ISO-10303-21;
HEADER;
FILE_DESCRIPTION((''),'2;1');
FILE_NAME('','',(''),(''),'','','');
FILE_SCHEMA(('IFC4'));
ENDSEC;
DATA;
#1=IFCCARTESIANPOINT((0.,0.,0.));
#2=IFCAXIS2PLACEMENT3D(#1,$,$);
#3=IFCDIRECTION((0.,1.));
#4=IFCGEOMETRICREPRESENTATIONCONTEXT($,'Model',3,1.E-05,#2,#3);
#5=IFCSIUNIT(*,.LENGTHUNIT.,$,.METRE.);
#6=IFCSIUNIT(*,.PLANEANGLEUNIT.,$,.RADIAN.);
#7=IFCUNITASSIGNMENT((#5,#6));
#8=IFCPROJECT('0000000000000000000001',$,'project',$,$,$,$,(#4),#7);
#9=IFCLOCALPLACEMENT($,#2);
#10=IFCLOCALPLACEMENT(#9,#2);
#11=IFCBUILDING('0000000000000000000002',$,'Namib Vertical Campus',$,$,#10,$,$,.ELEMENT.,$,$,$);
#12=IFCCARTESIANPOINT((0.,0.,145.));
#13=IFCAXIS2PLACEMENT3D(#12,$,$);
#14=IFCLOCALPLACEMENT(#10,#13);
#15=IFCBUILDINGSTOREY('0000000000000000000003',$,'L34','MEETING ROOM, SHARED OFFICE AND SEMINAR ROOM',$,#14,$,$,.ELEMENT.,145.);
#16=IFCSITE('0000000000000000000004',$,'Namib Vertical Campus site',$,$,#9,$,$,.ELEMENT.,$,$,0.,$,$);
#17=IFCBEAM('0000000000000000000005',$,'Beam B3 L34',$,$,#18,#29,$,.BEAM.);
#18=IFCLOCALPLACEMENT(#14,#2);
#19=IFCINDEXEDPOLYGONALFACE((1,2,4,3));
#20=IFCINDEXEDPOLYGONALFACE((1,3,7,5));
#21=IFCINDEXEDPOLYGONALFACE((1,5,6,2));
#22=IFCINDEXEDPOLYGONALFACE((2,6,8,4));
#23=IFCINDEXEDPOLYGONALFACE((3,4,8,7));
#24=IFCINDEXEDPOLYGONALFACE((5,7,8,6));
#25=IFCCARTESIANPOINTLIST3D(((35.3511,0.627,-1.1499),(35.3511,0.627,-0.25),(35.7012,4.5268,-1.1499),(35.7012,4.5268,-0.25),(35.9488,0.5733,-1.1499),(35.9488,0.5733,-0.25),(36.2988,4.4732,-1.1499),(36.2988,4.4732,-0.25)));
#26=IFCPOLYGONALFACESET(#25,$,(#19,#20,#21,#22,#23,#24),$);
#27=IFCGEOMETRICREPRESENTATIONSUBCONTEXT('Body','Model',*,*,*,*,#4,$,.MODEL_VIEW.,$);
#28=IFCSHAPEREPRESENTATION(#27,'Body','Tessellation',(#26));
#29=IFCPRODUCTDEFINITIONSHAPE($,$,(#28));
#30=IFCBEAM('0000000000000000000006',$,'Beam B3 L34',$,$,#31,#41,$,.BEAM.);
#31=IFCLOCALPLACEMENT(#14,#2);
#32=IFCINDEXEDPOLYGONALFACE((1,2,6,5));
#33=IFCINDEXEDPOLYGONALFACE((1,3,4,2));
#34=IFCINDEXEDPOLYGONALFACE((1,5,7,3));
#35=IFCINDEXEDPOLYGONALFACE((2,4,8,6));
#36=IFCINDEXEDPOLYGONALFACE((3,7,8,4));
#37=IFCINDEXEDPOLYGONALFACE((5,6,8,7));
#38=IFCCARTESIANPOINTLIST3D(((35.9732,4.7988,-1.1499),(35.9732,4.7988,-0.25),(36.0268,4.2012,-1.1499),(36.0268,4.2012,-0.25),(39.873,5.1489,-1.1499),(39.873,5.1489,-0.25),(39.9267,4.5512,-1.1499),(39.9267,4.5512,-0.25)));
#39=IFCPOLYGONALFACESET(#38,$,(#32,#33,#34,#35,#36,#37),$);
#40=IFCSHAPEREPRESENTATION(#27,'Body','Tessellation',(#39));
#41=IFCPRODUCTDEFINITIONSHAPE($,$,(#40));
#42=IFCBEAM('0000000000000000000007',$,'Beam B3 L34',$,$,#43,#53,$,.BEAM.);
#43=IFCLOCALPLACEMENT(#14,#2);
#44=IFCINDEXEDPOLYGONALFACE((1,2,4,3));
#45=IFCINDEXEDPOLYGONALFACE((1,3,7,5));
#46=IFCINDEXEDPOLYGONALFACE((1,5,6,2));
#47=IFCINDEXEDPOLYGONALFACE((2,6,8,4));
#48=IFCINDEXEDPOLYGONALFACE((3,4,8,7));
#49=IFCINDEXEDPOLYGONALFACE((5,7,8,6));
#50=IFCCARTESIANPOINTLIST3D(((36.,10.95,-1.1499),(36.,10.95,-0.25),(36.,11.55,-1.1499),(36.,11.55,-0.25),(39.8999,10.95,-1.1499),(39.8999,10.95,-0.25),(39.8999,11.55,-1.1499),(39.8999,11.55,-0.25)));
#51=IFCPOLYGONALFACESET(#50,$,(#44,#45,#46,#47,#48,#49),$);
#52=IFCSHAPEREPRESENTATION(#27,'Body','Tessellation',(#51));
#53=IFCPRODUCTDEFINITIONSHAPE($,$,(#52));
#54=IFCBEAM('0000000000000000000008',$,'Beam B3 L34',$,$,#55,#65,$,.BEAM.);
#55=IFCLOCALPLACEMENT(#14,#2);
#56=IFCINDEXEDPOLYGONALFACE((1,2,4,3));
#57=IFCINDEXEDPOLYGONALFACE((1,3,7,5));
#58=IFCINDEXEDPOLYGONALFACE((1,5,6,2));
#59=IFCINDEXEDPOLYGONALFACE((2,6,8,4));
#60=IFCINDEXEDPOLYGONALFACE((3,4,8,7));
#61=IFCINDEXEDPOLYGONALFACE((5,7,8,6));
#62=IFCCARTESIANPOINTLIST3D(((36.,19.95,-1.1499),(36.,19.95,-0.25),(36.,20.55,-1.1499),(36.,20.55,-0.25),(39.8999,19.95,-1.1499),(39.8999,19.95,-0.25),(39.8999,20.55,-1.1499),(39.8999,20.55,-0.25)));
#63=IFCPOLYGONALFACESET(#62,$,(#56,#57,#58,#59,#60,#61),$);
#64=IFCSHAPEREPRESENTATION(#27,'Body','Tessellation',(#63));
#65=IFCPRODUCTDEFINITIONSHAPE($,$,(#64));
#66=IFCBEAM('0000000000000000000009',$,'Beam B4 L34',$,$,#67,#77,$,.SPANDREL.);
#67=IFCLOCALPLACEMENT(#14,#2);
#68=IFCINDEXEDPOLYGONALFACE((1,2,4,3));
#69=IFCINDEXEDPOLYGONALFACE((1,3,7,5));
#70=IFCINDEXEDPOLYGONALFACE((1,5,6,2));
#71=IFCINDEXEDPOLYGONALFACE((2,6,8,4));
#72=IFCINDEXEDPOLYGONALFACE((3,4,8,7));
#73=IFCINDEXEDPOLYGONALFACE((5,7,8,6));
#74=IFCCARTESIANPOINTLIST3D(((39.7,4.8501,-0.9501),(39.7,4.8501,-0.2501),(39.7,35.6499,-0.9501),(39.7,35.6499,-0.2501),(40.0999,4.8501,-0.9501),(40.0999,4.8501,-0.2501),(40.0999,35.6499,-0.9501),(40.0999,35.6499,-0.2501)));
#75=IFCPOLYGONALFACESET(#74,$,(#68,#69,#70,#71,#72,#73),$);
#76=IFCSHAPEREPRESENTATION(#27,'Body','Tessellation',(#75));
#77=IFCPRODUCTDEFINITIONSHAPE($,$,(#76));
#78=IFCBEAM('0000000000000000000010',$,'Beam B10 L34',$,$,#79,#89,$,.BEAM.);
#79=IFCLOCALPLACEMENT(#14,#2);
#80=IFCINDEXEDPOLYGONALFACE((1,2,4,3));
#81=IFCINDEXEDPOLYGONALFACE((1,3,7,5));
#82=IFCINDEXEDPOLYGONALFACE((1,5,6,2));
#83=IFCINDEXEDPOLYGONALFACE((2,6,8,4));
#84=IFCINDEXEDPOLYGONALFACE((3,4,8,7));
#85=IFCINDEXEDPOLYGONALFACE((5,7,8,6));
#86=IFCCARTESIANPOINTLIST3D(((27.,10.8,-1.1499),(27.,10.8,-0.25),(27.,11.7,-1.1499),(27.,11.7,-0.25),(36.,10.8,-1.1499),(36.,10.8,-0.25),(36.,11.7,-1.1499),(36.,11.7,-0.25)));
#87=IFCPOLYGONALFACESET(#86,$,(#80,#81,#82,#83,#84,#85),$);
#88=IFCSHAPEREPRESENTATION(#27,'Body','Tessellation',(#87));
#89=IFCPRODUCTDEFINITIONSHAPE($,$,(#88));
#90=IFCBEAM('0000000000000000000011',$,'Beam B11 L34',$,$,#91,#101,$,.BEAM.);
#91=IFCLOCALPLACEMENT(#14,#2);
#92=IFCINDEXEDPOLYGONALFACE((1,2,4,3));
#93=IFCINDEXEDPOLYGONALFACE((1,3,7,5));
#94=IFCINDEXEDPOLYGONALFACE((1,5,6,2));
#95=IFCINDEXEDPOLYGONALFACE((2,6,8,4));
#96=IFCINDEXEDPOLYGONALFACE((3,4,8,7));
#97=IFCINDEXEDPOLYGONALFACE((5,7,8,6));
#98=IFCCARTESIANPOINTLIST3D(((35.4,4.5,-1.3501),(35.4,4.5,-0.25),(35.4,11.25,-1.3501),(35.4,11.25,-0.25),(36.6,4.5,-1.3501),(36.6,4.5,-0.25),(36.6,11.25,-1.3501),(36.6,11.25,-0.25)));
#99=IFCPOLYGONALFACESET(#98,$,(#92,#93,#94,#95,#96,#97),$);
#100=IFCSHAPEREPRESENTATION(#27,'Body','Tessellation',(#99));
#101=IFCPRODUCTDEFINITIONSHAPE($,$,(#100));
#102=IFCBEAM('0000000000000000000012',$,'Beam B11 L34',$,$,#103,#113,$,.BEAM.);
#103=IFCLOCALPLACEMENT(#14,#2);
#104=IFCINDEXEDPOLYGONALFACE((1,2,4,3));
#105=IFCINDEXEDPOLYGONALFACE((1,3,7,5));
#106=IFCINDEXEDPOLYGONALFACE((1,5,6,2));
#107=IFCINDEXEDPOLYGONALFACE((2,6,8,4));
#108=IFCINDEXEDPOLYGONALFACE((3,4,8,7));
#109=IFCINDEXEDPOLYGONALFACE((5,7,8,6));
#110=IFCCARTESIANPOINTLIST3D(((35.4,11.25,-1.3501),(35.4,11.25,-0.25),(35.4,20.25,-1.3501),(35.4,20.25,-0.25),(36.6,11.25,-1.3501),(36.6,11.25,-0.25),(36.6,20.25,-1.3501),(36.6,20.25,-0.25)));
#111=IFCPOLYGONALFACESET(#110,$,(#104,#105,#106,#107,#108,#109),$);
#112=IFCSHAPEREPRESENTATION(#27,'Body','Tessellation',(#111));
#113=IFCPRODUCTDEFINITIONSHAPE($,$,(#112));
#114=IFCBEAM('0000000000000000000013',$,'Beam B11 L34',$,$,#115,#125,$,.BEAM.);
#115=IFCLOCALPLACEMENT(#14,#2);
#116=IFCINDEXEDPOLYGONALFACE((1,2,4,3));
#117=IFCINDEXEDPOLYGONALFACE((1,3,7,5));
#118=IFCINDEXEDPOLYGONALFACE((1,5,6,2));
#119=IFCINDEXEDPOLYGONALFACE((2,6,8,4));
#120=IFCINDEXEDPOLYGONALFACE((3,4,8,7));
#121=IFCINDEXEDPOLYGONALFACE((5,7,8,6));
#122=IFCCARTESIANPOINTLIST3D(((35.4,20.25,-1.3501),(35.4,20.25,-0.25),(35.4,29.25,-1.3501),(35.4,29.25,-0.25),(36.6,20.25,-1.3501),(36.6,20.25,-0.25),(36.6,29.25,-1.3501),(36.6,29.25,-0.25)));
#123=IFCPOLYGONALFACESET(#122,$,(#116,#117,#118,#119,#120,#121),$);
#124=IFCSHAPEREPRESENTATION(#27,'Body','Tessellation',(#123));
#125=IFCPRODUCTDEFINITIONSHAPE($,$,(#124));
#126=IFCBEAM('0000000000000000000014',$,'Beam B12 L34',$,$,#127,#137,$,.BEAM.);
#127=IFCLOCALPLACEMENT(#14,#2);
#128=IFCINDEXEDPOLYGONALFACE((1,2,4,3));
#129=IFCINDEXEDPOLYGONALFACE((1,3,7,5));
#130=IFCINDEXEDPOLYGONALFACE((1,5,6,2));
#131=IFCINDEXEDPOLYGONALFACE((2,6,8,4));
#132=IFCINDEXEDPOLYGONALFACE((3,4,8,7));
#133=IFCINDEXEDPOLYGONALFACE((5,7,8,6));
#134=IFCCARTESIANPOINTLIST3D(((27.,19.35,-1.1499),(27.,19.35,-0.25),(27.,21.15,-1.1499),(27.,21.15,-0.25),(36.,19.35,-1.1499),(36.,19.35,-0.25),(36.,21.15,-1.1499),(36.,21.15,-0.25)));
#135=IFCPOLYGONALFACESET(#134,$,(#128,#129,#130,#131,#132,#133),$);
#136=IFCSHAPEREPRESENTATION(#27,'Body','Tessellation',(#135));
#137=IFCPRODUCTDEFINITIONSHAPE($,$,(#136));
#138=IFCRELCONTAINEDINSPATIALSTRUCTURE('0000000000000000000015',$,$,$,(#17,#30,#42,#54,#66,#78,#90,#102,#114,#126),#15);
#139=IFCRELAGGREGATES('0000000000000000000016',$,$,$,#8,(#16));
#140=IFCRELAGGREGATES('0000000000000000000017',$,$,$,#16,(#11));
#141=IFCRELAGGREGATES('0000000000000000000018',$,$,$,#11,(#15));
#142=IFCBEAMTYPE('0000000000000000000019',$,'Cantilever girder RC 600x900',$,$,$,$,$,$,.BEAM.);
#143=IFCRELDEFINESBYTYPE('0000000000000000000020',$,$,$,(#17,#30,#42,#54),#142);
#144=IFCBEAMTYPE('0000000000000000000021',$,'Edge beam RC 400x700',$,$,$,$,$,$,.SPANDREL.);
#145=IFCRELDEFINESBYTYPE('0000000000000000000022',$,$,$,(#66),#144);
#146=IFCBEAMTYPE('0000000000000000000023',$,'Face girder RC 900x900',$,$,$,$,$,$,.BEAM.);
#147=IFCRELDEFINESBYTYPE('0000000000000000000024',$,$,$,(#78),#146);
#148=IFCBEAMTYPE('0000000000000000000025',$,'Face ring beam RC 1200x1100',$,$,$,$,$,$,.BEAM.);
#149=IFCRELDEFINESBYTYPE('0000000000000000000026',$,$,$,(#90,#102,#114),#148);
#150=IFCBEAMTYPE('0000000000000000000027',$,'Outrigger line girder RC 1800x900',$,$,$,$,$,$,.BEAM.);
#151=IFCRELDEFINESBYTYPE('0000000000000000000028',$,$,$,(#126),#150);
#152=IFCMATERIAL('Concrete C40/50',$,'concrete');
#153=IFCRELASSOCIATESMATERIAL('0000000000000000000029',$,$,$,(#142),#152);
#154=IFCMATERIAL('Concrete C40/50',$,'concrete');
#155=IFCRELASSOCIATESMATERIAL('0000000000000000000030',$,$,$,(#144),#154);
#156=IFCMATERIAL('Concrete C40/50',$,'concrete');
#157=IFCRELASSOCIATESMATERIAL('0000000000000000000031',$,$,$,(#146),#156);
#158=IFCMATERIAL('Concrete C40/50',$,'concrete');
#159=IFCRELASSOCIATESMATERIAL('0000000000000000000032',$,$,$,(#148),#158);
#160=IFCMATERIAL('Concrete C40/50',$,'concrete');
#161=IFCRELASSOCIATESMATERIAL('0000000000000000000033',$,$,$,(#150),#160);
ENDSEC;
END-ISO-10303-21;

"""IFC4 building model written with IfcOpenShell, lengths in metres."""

from ifc_helpers import new_model, si_unit, direction, frame, origin, origin_2d, place, context, subcontext, project, spatial, rectangle, extrude, material, material_profile, profile_set, type_object, element, save


model = new_model("IFC4")

# Units and contexts
model_context = context("Model", 3, precision=1e-05, world=origin(), true_north=direction((0.0, 1.0)))
body_context = subcontext(model_context, "Body", "Model", "MODEL_VIEW")
ifc_project = project(units=[si_unit("LENGTHUNIT", "METRE"), si_unit("PLANEANGLEUNIT", "RADIAN")], contexts=[model_context])

# Site, building, storey
site_placement = place(None, origin())
site = spatial("IfcSite", under=ifc_project, at=site_placement, Name="Namib Vertical Campus site", CompositionType="ELEMENT", RefElevation=0.0)
building_placement = place(site_placement, origin())
building = spatial("IfcBuilding", under=site, at=building_placement, Name="Namib Vertical Campus", CompositionType="ELEMENT")
storey_placement = place(building_placement, frame((0.0, 0.0, 145.0)))
storey = spatial("IfcBuildingStorey", under=building, at=storey_placement, Name="L34", Description="MEETING ROOM, SHARED OFFICE AND SEMINAR ROOM", CompositionType="ELEMENT", Elevation=145.0)

# Beams
ifc_material_1 = material(Name="Concrete C40/50", Category="concrete")
ifc_material_profile_1 = material_profile(ifc_material_1, rectangle(XDim=0.6001, YDim=0.8999, at=origin_2d()))
ifc_profile_set_1 = profile_set([ifc_material_profile_1], Name="Concrete C40/50")
beam_type_1 = type_object("IfcBeamType", Name="Cantilever girder RC 600x900", PredefinedType="BEAM", material=ifc_profile_set_1)
for number, where, z_axis, x_axis, name in (
    (1, (36.0, 4.5, -0.7), (-0.089411, -0.995995, 0.0), (0.995995, -0.089411, 0.0), "Beam B3 L34"),
    (2, (36.0, 4.5, -0.7), (0.995995, 0.089411, 0.0), (-0.089411, 0.995995, 0.0), "Beam B3 L34"),
):
    element("IfcBeam", number, at=place(storey_placement, frame(where, z_axis=z_axis, x_axis=x_axis)), inside=storey, type_object=beam_type_1, Name=name, PredefinedType="BEAM", context=body_context, shape_type="SweptSolid", body=[
        extrude(rectangle(XDim=0.6001, YDim=0.8999, at=origin_2d()), origin(), (0.0, 0.0, 1.0), 3.9155),
    ])
for number, where, z_axis, x_axis, name in (
    (3, (36.0, 11.25, -0.7), (1.0, 0.0, 0.0), (0.0, 1.0, 0.0), "Beam B3 L34"),
    (4, (36.0, 20.25, -0.7), (1.0, 0.0, 0.0), (0.0, 1.0, 0.0), "Beam B3 L34"),
):
    element("IfcBeam", number, at=place(storey_placement, frame(where, z_axis=z_axis, x_axis=x_axis)), inside=storey, type_object=beam_type_1, Name=name, PredefinedType="BEAM", context=body_context, shape_type="SweptSolid", body=[
        extrude(rectangle(XDim=0.6001, YDim=0.8999, at=origin_2d()), origin(), (0.0, 0.0, 1.0), 3.8999),
    ])
ifc_material_2 = material(Name="Concrete C40/50", Category="concrete")
ifc_material_profile_2 = material_profile(ifc_material_2, rectangle(XDim=0.3999, YDim=0.7, at=origin_2d()))
ifc_profile_set_2 = profile_set([ifc_material_profile_2], Name="Concrete C40/50")
beam_type_2 = type_object("IfcBeamType", Name="Edge beam RC 400x700", PredefinedType="SPANDREL", material=ifc_profile_set_2)
beam_1_placement = place(storey_placement, frame((39.8999, 4.8501, -0.6001), z_axis=(0.0, 1.0, 0.0), x_axis=(-1.0, 0.0, 0.0)))
element("IfcBeam", 5, at=beam_1_placement, inside=storey, type_object=beam_type_2, Name="Beam B4 L34", PredefinedType="SPANDREL", context=body_context, shape_type="SweptSolid", body=[
    extrude(rectangle(XDim=0.3999, YDim=0.7, at=origin_2d()), origin(), (0.0, 0.0, 1.0), 30.7998),
])
ifc_material_3 = material(Name="Concrete C40/50", Category="concrete")
ifc_material_profile_3 = material_profile(ifc_material_3, rectangle(XDim=0.8999, YDim=0.8999, at=origin_2d()))
ifc_profile_set_3 = profile_set([ifc_material_profile_3], Name="Concrete C40/50")
beam_type_3 = type_object("IfcBeamType", Name="Face girder RC 900x900", PredefinedType="BEAM", material=ifc_profile_set_3)
beam_2_placement = place(storey_placement, frame((36.0, 11.25, -0.7), z_axis=(-1.0, 0.0, 0.0), x_axis=(0.0, -1.0, 0.0)))
element("IfcBeam", 6, at=beam_2_placement, inside=storey, type_object=beam_type_3, Name="Beam B10 L34", PredefinedType="BEAM", context=body_context, shape_type="SweptSolid", body=[
    extrude(rectangle(XDim=0.8999, YDim=0.8999, at=origin_2d()), origin(), (0.0, 0.0, 1.0), 9.0),
])
ifc_material_4 = material(Name="Concrete C40/50", Category="concrete")
ifc_material_profile_4 = material_profile(ifc_material_4, rectangle(XDim=1.2, YDim=1.1001, at=origin_2d()))
ifc_profile_set_4 = profile_set([ifc_material_profile_4], Name="Concrete C40/50")
beam_type_4 = type_object("IfcBeamType", Name="Face ring beam RC 1200x1100", PredefinedType="BEAM", material=ifc_profile_set_4)
beam_3_placement = place(storey_placement, frame((36.0, 4.5, -0.8), z_axis=(0.0, 1.0, 0.0), x_axis=(-1.0, 0.0, 0.0)))
element("IfcBeam", 7, at=beam_3_placement, inside=storey, type_object=beam_type_4, Name="Beam B11 L34", PredefinedType="BEAM", context=body_context, shape_type="SweptSolid", body=[
    extrude(rectangle(XDim=1.2, YDim=1.1001, at=origin_2d()), origin(), (0.0, 0.0, 1.0), 6.75),
])
for number, where, z_axis, x_axis, name in (
    (8, (36.0, 11.25, -0.8), (0.0, 1.0, 0.0), (-1.0, 0.0, 0.0), "Beam B11 L34"),
    (9, (36.0, 20.25, -0.8), (0.0, 1.0, 0.0), (-1.0, 0.0, 0.0), "Beam B11 L34"),
):
    element("IfcBeam", number, at=place(storey_placement, frame(where, z_axis=z_axis, x_axis=x_axis)), inside=storey, type_object=beam_type_4, Name=name, PredefinedType="BEAM", context=body_context, shape_type="SweptSolid", body=[
        extrude(rectangle(XDim=1.2, YDim=1.1001, at=origin_2d()), origin(), (0.0, 0.0, 1.0), 9.0),
    ])
ifc_material_5 = material(Name="Concrete C40/50", Category="concrete")
ifc_material_profile_5 = material_profile(ifc_material_5, rectangle(XDim=1.8, YDim=0.8999, at=origin_2d()))
ifc_profile_set_5 = profile_set([ifc_material_profile_5], Name="Concrete C40/50")
beam_type_5 = type_object("IfcBeamType", Name="Outrigger line girder RC 1800x900", PredefinedType="BEAM", material=ifc_profile_set_5)
beam_4_placement = place(storey_placement, frame((36.0, 20.25, -0.7), z_axis=(-1.0, 0.0, 0.0), x_axis=(0.0, -1.0, 0.0)))
element("IfcBeam", 10, at=beam_4_placement, inside=storey, type_object=beam_type_5, Name="Beam B12 L34", PredefinedType="BEAM", context=body_context, shape_type="SweptSolid", body=[
    extrude(rectangle(XDim=1.8, YDim=0.8999, at=origin_2d()), origin(), (0.0, 0.0, 1.0), 9.0),
])

save(model, "model.ifc")
